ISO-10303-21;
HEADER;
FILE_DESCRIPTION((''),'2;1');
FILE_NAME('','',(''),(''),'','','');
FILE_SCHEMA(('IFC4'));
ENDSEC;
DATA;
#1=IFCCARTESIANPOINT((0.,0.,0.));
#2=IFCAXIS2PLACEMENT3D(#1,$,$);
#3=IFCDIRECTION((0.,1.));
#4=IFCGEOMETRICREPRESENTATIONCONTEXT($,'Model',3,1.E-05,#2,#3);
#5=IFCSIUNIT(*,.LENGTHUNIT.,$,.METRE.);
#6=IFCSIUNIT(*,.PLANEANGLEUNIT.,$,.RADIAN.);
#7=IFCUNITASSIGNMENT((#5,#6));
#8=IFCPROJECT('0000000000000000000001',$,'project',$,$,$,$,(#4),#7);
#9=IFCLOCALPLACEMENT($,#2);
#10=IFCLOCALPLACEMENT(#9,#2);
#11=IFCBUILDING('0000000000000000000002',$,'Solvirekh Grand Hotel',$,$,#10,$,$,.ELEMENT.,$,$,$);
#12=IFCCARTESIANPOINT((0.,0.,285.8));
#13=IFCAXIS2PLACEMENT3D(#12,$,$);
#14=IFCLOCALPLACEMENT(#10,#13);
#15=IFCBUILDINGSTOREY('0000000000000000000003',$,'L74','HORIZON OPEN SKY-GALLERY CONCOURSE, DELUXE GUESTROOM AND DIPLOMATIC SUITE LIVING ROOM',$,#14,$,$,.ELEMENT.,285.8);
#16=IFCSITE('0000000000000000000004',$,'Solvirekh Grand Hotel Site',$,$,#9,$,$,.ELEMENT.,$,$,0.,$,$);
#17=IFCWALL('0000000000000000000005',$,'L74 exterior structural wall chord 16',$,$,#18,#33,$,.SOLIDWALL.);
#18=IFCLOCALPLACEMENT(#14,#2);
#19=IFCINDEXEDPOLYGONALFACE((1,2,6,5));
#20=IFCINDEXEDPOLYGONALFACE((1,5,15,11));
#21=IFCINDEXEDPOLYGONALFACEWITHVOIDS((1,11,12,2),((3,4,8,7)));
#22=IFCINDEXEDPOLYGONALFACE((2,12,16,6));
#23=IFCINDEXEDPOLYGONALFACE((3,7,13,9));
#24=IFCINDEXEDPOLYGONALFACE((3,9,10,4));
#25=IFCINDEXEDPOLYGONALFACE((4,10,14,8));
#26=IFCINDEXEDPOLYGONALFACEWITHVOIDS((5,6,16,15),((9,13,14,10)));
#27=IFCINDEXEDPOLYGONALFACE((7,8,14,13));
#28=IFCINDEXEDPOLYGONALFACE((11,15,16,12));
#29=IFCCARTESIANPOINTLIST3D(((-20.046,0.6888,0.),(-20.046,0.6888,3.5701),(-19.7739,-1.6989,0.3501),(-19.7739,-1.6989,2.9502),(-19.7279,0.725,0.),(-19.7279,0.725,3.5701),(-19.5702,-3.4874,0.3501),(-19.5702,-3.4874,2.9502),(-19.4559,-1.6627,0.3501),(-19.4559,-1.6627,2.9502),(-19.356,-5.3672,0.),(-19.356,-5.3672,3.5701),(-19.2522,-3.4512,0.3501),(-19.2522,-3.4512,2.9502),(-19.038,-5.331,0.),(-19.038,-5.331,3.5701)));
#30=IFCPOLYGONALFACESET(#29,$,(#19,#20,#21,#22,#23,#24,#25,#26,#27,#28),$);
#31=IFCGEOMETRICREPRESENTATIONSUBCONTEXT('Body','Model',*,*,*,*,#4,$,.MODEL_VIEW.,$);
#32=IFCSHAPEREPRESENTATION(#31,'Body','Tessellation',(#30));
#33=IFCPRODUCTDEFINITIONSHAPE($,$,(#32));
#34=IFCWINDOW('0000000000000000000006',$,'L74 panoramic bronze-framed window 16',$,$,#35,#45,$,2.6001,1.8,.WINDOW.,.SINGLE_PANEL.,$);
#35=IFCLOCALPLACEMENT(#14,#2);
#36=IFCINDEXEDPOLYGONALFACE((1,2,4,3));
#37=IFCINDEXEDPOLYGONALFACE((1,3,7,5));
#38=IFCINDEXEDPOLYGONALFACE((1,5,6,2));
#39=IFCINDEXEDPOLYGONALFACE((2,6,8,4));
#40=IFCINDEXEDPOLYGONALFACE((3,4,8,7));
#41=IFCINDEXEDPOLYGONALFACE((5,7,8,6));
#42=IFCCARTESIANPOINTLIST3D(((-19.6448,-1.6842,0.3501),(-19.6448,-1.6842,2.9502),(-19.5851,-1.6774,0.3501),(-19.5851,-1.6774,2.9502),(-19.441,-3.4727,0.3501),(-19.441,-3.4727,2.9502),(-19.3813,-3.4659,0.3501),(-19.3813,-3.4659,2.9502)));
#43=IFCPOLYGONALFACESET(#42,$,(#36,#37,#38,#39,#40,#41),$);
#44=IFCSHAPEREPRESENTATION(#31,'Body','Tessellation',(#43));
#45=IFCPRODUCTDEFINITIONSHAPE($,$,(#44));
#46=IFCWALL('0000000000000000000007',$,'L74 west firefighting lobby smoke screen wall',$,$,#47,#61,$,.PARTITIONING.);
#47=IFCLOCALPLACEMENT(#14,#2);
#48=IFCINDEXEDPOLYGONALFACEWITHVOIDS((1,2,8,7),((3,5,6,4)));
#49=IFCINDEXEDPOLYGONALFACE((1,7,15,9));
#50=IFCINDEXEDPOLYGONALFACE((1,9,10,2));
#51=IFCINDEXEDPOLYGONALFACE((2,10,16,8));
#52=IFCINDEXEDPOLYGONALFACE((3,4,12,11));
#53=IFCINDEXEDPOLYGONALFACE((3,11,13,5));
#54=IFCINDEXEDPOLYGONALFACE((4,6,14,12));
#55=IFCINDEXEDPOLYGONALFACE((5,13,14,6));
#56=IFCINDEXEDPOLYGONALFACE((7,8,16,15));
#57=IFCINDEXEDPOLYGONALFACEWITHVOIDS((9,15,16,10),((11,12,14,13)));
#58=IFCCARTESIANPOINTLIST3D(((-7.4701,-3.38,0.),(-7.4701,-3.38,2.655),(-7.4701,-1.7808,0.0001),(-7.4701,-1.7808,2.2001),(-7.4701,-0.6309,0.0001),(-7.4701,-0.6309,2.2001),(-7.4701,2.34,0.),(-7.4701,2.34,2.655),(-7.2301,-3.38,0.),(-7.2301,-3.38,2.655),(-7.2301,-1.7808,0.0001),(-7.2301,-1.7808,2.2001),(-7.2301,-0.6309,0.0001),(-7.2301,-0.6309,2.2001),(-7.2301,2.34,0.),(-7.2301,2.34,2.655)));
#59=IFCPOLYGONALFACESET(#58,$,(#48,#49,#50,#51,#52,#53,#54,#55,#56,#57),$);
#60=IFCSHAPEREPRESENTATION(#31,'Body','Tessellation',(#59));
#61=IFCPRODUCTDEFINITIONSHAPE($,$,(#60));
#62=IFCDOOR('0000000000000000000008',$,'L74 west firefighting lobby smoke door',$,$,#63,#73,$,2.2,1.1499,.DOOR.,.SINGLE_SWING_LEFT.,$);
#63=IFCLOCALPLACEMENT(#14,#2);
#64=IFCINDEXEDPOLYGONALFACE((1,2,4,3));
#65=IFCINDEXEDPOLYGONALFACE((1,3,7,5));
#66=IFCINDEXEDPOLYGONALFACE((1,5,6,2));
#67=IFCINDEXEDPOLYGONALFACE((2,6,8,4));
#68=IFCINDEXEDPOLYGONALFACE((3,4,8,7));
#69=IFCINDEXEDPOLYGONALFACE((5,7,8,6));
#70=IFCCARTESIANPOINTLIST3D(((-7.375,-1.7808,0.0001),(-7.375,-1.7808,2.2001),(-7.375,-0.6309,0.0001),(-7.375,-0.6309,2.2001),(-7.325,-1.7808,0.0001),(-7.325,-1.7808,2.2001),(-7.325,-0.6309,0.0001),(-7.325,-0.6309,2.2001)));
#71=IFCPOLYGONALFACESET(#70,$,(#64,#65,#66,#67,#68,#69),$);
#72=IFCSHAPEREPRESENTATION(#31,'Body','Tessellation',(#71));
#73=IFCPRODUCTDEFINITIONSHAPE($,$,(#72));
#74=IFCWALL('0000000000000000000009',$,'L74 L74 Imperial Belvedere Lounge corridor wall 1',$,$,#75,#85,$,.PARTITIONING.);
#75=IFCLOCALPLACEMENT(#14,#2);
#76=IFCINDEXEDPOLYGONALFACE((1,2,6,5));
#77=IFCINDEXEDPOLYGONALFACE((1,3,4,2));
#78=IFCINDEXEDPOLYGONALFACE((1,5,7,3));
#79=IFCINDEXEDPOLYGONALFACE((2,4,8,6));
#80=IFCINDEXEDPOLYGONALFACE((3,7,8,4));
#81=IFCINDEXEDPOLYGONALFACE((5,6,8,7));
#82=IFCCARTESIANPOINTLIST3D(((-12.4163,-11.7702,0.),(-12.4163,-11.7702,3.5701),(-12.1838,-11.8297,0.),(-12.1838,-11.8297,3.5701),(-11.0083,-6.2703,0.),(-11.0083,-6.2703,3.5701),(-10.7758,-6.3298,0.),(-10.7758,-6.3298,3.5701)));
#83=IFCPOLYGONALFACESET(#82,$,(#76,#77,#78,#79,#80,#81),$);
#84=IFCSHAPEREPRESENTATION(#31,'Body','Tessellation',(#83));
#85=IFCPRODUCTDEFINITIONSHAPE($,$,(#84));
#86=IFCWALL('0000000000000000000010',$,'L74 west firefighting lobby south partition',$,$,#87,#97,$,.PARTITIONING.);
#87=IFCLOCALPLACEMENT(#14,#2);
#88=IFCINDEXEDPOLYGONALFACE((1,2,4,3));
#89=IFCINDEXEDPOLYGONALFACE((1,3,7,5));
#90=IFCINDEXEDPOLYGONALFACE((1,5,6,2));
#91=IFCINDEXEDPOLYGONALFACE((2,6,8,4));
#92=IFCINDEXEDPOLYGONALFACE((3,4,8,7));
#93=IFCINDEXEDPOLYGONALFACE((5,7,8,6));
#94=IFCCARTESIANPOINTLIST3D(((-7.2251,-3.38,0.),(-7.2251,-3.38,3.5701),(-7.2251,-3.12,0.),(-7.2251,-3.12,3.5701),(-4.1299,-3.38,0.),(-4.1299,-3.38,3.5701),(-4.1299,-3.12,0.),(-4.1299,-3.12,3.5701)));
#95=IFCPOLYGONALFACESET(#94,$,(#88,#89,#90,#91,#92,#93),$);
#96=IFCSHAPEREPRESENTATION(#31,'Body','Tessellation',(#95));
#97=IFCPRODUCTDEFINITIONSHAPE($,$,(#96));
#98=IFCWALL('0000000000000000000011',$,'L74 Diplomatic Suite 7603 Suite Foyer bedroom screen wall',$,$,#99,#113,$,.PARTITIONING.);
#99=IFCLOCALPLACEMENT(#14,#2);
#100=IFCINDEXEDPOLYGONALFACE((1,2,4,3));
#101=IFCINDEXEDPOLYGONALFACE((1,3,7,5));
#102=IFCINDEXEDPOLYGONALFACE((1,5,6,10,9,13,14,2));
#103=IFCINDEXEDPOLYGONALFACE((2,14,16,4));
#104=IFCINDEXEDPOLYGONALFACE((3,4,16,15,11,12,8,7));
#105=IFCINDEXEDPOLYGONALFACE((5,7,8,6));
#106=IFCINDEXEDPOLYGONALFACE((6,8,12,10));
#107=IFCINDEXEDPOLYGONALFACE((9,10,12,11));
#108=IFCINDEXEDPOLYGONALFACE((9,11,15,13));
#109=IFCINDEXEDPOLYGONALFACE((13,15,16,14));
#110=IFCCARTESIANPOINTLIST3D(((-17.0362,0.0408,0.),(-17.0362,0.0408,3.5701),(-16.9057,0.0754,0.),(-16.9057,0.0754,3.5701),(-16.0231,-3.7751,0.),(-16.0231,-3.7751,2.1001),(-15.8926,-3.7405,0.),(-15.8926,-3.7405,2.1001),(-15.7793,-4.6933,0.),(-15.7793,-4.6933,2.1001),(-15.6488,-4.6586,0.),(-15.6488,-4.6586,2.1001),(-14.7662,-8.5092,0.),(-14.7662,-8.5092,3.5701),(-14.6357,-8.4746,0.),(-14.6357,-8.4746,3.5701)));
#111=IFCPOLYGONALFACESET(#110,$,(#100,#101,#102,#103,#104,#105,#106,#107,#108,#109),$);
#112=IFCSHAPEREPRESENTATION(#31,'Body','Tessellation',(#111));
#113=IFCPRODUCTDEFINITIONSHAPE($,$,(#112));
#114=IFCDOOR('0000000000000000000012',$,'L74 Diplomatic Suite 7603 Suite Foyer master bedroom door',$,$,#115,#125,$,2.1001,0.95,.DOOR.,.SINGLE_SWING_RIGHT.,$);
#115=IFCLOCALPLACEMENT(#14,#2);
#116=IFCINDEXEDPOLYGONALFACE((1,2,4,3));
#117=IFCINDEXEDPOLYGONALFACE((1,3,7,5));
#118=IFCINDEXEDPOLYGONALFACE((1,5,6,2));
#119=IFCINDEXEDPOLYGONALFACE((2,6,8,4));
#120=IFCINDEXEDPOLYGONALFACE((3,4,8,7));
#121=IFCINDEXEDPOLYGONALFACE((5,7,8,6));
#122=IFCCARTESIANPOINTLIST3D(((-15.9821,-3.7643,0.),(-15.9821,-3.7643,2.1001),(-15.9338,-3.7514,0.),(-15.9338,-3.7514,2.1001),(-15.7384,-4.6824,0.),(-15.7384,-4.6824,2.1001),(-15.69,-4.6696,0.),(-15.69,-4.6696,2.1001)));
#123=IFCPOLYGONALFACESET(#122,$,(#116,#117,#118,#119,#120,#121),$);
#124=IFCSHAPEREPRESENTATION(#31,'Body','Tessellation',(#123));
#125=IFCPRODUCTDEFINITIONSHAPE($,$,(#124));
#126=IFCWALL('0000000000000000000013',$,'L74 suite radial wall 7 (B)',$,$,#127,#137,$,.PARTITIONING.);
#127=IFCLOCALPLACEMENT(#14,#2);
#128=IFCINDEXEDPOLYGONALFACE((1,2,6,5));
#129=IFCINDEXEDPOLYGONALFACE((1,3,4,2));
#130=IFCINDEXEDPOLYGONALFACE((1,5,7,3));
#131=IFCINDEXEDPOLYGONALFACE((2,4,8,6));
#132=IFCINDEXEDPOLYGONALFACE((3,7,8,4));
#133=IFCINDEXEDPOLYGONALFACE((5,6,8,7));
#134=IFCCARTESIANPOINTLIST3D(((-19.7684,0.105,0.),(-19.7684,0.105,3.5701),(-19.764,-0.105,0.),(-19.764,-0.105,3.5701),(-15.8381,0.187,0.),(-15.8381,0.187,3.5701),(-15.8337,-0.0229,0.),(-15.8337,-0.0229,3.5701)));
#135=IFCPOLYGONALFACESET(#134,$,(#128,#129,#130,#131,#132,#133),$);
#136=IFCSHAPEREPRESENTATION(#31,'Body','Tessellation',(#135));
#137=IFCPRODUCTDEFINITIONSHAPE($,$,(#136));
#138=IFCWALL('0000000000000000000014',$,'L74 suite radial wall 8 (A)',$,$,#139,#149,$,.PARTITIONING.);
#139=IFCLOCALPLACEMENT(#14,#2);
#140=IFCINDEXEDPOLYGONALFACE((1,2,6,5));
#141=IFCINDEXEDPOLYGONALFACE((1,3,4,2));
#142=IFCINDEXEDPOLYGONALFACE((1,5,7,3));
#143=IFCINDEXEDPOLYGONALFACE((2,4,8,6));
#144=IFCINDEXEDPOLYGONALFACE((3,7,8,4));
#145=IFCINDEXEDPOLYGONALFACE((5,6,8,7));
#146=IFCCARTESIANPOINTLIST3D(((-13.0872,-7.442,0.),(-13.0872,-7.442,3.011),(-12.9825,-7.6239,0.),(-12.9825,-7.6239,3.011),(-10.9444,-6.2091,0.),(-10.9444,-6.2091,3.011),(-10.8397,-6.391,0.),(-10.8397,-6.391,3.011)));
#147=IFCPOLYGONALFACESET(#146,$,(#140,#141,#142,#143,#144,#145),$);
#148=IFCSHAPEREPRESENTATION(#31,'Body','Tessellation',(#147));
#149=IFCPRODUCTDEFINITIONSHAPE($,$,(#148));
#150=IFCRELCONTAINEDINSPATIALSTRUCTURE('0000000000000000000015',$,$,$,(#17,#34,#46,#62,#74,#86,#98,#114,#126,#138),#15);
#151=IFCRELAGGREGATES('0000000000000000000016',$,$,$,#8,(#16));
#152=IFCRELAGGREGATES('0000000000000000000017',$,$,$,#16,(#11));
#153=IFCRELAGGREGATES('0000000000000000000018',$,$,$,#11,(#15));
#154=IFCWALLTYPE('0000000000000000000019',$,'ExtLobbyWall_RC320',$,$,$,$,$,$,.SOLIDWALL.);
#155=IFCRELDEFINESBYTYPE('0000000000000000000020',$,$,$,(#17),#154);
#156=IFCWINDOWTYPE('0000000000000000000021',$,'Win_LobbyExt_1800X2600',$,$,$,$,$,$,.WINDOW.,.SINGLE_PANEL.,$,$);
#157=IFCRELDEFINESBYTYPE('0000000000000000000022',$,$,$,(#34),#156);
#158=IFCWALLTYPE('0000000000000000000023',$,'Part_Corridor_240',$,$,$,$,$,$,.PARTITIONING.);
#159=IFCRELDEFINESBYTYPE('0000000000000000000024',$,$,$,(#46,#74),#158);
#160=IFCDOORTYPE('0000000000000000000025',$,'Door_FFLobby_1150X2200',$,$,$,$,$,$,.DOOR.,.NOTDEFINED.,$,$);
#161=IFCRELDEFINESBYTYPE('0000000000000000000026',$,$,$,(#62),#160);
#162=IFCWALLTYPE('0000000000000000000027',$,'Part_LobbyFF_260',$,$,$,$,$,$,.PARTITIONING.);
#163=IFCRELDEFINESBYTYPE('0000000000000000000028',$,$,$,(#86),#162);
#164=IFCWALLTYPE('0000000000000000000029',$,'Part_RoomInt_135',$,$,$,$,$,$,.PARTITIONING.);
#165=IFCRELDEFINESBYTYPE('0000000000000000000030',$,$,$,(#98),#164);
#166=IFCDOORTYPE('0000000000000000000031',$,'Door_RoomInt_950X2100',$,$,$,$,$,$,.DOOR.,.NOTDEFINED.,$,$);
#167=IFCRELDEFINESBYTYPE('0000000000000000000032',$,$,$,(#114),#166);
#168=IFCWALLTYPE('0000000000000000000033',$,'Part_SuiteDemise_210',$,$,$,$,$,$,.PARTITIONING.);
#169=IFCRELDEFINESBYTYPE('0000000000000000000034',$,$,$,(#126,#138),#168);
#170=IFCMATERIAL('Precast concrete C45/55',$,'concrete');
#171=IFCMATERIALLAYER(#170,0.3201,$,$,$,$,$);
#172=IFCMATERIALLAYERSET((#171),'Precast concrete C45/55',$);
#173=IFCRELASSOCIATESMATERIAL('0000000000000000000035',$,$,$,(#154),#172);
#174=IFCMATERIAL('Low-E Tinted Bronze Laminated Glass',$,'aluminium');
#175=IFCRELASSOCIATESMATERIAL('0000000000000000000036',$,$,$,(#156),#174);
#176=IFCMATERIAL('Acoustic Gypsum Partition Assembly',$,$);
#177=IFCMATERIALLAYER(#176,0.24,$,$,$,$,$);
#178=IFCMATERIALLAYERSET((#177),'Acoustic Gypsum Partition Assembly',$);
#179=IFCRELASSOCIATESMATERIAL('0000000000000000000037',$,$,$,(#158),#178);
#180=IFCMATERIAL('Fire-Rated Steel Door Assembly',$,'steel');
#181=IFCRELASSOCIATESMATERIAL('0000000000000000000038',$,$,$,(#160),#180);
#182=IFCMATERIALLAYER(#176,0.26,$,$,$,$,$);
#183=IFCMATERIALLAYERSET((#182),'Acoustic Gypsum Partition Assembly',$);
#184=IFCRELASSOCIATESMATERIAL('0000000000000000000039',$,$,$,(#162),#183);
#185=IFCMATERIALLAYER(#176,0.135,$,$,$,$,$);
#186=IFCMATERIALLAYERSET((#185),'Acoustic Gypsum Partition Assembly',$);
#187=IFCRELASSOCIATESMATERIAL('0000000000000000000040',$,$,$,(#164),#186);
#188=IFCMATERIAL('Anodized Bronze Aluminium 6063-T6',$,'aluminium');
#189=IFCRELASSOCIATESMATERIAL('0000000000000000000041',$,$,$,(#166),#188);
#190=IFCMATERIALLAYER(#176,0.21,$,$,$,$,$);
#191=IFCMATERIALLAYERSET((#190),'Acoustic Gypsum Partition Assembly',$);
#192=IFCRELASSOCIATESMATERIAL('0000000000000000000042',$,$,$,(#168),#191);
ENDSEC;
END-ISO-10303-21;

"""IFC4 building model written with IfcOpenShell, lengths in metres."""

from ifc_helpers import new_model, si_unit, direction, frame, frame_2d, origin, place, context, subcontext, project, spatial, rectangle, extrude, material, layer, layer_set, type_object, element, fill, save


model = new_model("IFC4")

# Units and contexts
model_context = context("Model", 3, precision=1e-05, world=origin(), true_north=direction((0.0, 1.0)))
body_context = subcontext(model_context, "Body", "Model", "MODEL_VIEW")
ifc_project = project(units=[si_unit("LENGTHUNIT", "METRE"), si_unit("PLANEANGLEUNIT", "RADIAN")], contexts=[model_context])

# Site, building, storey
site_placement = place(None, origin())
site = spatial("IfcSite", under=ifc_project, at=site_placement, Name="Solvirekh Grand Hotel Site", CompositionType="ELEMENT", RefElevation=0.0)
building_placement = place(site_placement, origin())
building = spatial("IfcBuilding", under=site, at=building_placement, Name="Solvirekh Grand Hotel", CompositionType="ELEMENT")
storey_placement = place(building_placement, frame((0.0, 0.0, 285.8)))
storey = spatial("IfcBuildingStorey", under=building, at=storey_placement, Name="L74", Description="HORIZON OPEN SKY-GALLERY CONCOURSE, DELUXE GUESTROOM AND DIPLOMATIC SUITE LIVING ROOM", CompositionType="ELEMENT", Elevation=285.8)

# Wall, opening, window
ifc_material_1 = material(Name="Precast concrete C45/55", Category="concrete")
ifc_layer_1 = layer(ifc_material_1, 0.3201)
ifc_layer_set_1 = layer_set([ifc_layer_1], Name="Precast concrete C45/55")
wall_type_1 = type_object("IfcWallType", Name="ExtLobbyWall_RC320", PredefinedType="SOLIDWALL", material=ifc_layer_set_1)
wall_1_placement = place(storey_placement, frame((-19.197, -5.3491, 0.0), z_axis=(0.0, 0.0, 1.0), x_axis=(-0.113192, 0.993573, 0.0)))
wall_1 = element("IfcWall", 1, at=wall_1_placement, inside=storey, type_object=wall_type_1, Name="L74 exterior structural wall chord 16", PredefinedType="SOLIDWALL", context=body_context, shape_type="SweptSolid", body=[
    extrude(rectangle(XDim=6.0952, YDim=0.3201, at=frame_2d((3.0476, 0.0))), origin(), (0.0, 0.0, 1.0), 3.5701),
])
opening_1_placement = place(wall_1_placement, frame((1.8921, 0.0, 0.3501)))
opening_1 = element("IfcOpeningElement", 2, at=opening_1_placement, cuts=wall_1, PredefinedType="OPENING", context=body_context, shape_type="SweptSolid", body=[
    extrude(rectangle(XDim=1.8, YDim=2.6001, at=frame_2d((0.8999, 1.3))), frame((0.0, 0.1699, 0.0), z_axis=(0.0, -1.0, 0.0), x_axis=(1.0, 0.0, 0.0)), (0.0, 0.0, 1.0), 0.3401),
])
ifc_material_2 = material(Name="Low-E Tinted Bronze Laminated Glass", Category="aluminium")
window_type = type_object("IfcWindowType", Name="Win_LobbyExt_1800X2600", PartitioningType="SINGLE_PANEL", PredefinedType="WINDOW", material=ifc_material_2)
window_placement = place(opening_1_placement, origin())
window = element("IfcWindow", 3, at=window_placement, inside=storey, type_object=window_type, Name="L74 panoramic bronze-framed window 16", OverallHeight=2.6001, OverallWidth=1.8, PartitioningType="SINGLE_PANEL", PredefinedType="WINDOW", context=body_context, shape_type="SweptSolid", body=[
    extrude(rectangle(XDim=1.8, YDim=2.6001, at=frame_2d((0.8999, 1.3))), frame((0.0, 0.03, 0.0), z_axis=(0.0, -1.0, 0.0), x_axis=(1.0, 0.0, 0.0)), (0.0, 0.0, 1.0), 0.0601),
])
fill(opening_1, window)

# Wall, opening, door
ifc_material_3 = material(Name="Acoustic Gypsum Partition Assembly")
ifc_layer_2 = layer(ifc_material_3, 0.24)
ifc_layer_set_2 = layer_set([ifc_layer_2], Name="Acoustic Gypsum Partition Assembly")
wall_type_2 = type_object("IfcWallType", Name="Part_Corridor_240", PredefinedType="PARTITIONING", material=ifc_layer_set_2)
wall_2_placement = place(storey_placement, frame((-7.3501, -3.3799, 0.0), z_axis=(0.0, 0.0, 1.0), x_axis=(0.0, 1.0, 0.0)))
wall_2 = element("IfcWall", 4, at=wall_2_placement, inside=storey, type_object=wall_type_2, Name="L74 west firefighting lobby smoke screen wall", PredefinedType="PARTITIONING", context=body_context, shape_type="SweptSolid", body=[
    extrude(rectangle(XDim=5.72, YDim=0.24, at=frame_2d((2.8599, 0.0))), origin(), (0.0, 0.0, 1.0), 2.655),
])
opening_2_placement = place(wall_2_placement, frame((1.5991, 0.0, 0.0)))
opening_2 = element("IfcOpeningElement", 5, at=opening_2_placement, cuts=wall_2, PredefinedType="OPENING", context=body_context, shape_type="SweptSolid", body=[
    extrude(rectangle(XDim=1.1499, YDim=2.2, at=frame_2d((0.575, 1.1001))), frame((0.0, 0.1299, 0.0), z_axis=(0.0, -1.0, 0.0), x_axis=(1.0, 0.0, 0.0)), (0.0, 0.0, 1.0), 0.26),
])
ifc_material_4 = material(Name="Fire-Rated Steel Door Assembly", Category="steel")
door_type_1 = type_object("IfcDoorType", Name="Door_FFLobby_1150X2200", OperationType="NOTDEFINED", PredefinedType="DOOR", material=ifc_material_4)
door_1_placement = place(opening_2_placement, origin())
door_1 = element("IfcDoor", 6, at=door_1_placement, inside=storey, type_object=door_type_1, Name="L74 west firefighting lobby smoke door", OperationType="SINGLE_SWING_LEFT", OverallHeight=2.2, OverallWidth=1.1499, PredefinedType="DOOR", context=body_context, shape_type="SweptSolid", body=[
    extrude(rectangle(XDim=1.1499, YDim=2.2, at=frame_2d((0.575, 1.1001))), frame((0.0, 0.0249, 0.0), z_axis=(0.0, -1.0, 0.0), x_axis=(1.0, 0.0, 0.0)), (0.0, 0.0, 1.0), 0.05),
])
fill(opening_2, door_1)

# Walls
wall_3_placement = place(storey_placement, frame((-10.8921, -6.3, 0.0), z_axis=(0.0, 0.0, 1.0), x_axis=(-0.247996, -0.968761, 0.0)))
element("IfcWall", 7, at=wall_3_placement, inside=storey, type_object=wall_type_2, Name="L74 L74 Imperial Belvedere Lounge corridor wall 1", PredefinedType="PARTITIONING", context=body_context, shape_type="SweptSolid", body=[
    extrude(rectangle(XDim=5.6772, YDim=0.24, at=frame_2d((2.8386, 0.0))), origin(), (0.0, 0.0, 1.0), 3.5701),
])
ifc_layer_3 = layer(ifc_material_3, 0.26)
ifc_layer_set_3 = layer_set([ifc_layer_3], Name="Acoustic Gypsum Partition Assembly")
wall_type_3 = type_object("IfcWallType", Name="Part_LobbyFF_260", PredefinedType="PARTITIONING", material=ifc_layer_set_3)
wall_4_placement = place(storey_placement, frame((-7.2251, -3.25, 0.0), z_axis=(0.0, 0.0, 1.0), x_axis=(1.0, 0.0, 0.0)))
element("IfcWall", 8, at=wall_4_placement, inside=storey, type_object=wall_type_3, Name="L74 west firefighting lobby south partition", PredefinedType="PARTITIONING", context=body_context, shape_type="SweptSolid", body=[
    extrude(rectangle(XDim=3.0952, YDim=0.26, at=frame_2d((1.5476, 0.0))), origin(), (0.0, 0.0, 1.0), 3.5701),
])

# Wall, opening, door
ifc_layer_4 = layer(ifc_material_3, 0.135)
ifc_layer_set_4 = layer_set([ifc_layer_4], Name="Acoustic Gypsum Partition Assembly")
wall_type_4 = type_object("IfcWallType", Name="Part_RoomInt_135", PredefinedType="PARTITIONING", material=ifc_layer_set_4)
wall_5_placement = place(storey_placement, frame((-16.9709, 0.0581, 0.0), z_axis=(0.0, 0.0, 1.0), x_axis=(0.256608, -0.966516, 0.0)))
wall_5 = element("IfcWall", 9, at=wall_5_placement, inside=storey, type_object=wall_type_4, Name="L74 Diplomatic Suite 7603 Suite Foyer bedroom screen wall", PredefinedType="PARTITIONING", context=body_context, shape_type="SweptSolid", body=[
    extrude(rectangle(XDim=8.8462, YDim=0.135, at=frame_2d((4.4231, 0.0))), origin(), (0.0, 0.0, 1.0), 3.5701),
])
opening_3_placement = place(wall_5_placement, frame((3.948, 0.0, 0.0)))
opening_3 = element("IfcOpeningElement", 10, at=opening_3_placement, cuts=wall_5, PredefinedType="OPENING", context=body_context, shape_type="SweptSolid", body=[
    extrude(rectangle(XDim=0.95, YDim=2.1001, at=frame_2d((0.4751, 1.05))), frame((0.0, 0.0776, 0.0), z_axis=(0.0, -1.0, 0.0), x_axis=(1.0, 0.0, 0.0)), (0.0, 0.0, 1.0), 0.155),
])
ifc_material_5 = material(Name="Anodized Bronze Aluminium 6063-T6", Category="aluminium")
door_type_2 = type_object("IfcDoorType", Name="Door_RoomInt_950X2100", OperationType="NOTDEFINED", PredefinedType="DOOR", material=ifc_material_5)
door_2_placement = place(opening_3_placement, origin())
door_2 = element("IfcDoor", 11, at=door_2_placement, inside=storey, type_object=door_type_2, Name="L74 Diplomatic Suite 7603 Suite Foyer master bedroom door", OperationType="SINGLE_SWING_RIGHT", OverallHeight=2.1001, OverallWidth=0.95, PredefinedType="DOOR", context=body_context, shape_type="SweptSolid", body=[
    extrude(rectangle(XDim=0.95, YDim=2.1001, at=frame_2d((0.4751, 1.05))), frame((0.0, 0.0249, 0.0), z_axis=(0.0, -1.0, 0.0), x_axis=(1.0, 0.0, 0.0)), (0.0, 0.0, 1.0), 0.05),
])
fill(opening_3, door_2)

# Walls
ifc_layer_5 = layer(ifc_material_3, 0.21)
ifc_layer_set_5 = layer_set([ifc_layer_5], Name="Acoustic Gypsum Partition Assembly")
wall_type_5 = type_object("IfcWallType", Name="Part_SuiteDemise_210", PredefinedType="PARTITIONING", material=ifc_layer_set_5)
wall_6_placement = place(storey_placement, frame((-15.8359, 0.082, 0.0), z_axis=(0.0, 0.0, 1.0), x_axis=(-0.999782, -0.020868, 0.0)))
element("IfcWall", 12, at=wall_6_placement, inside=storey, type_object=wall_type_5, Name="L74 suite radial wall 7 (B)", PredefinedType="PARTITIONING", context=body_context, shape_type="SweptSolid", body=[
    extrude(rectangle(XDim=3.9312, YDim=0.21, at=frame_2d((1.9656, 0.0))), origin(), (0.0, 0.0, 1.0), 3.5701),
])
wall_7_placement = place(storey_placement, frame((-10.8921, -6.3, 0.0), z_axis=(0.0, 0.0, 1.0), x_axis=(-0.866769, -0.49871, 0.0)))
element("IfcWall", 13, at=wall_7_placement, inside=storey, type_object=wall_type_5, Name="L74 suite radial wall 8 (A)", PredefinedType="PARTITIONING", context=body_context, shape_type="SweptSolid", body=[
    extrude(rectangle(XDim=2.4722, YDim=0.21, at=frame_2d((1.2361, 0.0))), origin(), (0.0, 0.0, 1.0), 3.011),
])

save(model, "model.ifc")
